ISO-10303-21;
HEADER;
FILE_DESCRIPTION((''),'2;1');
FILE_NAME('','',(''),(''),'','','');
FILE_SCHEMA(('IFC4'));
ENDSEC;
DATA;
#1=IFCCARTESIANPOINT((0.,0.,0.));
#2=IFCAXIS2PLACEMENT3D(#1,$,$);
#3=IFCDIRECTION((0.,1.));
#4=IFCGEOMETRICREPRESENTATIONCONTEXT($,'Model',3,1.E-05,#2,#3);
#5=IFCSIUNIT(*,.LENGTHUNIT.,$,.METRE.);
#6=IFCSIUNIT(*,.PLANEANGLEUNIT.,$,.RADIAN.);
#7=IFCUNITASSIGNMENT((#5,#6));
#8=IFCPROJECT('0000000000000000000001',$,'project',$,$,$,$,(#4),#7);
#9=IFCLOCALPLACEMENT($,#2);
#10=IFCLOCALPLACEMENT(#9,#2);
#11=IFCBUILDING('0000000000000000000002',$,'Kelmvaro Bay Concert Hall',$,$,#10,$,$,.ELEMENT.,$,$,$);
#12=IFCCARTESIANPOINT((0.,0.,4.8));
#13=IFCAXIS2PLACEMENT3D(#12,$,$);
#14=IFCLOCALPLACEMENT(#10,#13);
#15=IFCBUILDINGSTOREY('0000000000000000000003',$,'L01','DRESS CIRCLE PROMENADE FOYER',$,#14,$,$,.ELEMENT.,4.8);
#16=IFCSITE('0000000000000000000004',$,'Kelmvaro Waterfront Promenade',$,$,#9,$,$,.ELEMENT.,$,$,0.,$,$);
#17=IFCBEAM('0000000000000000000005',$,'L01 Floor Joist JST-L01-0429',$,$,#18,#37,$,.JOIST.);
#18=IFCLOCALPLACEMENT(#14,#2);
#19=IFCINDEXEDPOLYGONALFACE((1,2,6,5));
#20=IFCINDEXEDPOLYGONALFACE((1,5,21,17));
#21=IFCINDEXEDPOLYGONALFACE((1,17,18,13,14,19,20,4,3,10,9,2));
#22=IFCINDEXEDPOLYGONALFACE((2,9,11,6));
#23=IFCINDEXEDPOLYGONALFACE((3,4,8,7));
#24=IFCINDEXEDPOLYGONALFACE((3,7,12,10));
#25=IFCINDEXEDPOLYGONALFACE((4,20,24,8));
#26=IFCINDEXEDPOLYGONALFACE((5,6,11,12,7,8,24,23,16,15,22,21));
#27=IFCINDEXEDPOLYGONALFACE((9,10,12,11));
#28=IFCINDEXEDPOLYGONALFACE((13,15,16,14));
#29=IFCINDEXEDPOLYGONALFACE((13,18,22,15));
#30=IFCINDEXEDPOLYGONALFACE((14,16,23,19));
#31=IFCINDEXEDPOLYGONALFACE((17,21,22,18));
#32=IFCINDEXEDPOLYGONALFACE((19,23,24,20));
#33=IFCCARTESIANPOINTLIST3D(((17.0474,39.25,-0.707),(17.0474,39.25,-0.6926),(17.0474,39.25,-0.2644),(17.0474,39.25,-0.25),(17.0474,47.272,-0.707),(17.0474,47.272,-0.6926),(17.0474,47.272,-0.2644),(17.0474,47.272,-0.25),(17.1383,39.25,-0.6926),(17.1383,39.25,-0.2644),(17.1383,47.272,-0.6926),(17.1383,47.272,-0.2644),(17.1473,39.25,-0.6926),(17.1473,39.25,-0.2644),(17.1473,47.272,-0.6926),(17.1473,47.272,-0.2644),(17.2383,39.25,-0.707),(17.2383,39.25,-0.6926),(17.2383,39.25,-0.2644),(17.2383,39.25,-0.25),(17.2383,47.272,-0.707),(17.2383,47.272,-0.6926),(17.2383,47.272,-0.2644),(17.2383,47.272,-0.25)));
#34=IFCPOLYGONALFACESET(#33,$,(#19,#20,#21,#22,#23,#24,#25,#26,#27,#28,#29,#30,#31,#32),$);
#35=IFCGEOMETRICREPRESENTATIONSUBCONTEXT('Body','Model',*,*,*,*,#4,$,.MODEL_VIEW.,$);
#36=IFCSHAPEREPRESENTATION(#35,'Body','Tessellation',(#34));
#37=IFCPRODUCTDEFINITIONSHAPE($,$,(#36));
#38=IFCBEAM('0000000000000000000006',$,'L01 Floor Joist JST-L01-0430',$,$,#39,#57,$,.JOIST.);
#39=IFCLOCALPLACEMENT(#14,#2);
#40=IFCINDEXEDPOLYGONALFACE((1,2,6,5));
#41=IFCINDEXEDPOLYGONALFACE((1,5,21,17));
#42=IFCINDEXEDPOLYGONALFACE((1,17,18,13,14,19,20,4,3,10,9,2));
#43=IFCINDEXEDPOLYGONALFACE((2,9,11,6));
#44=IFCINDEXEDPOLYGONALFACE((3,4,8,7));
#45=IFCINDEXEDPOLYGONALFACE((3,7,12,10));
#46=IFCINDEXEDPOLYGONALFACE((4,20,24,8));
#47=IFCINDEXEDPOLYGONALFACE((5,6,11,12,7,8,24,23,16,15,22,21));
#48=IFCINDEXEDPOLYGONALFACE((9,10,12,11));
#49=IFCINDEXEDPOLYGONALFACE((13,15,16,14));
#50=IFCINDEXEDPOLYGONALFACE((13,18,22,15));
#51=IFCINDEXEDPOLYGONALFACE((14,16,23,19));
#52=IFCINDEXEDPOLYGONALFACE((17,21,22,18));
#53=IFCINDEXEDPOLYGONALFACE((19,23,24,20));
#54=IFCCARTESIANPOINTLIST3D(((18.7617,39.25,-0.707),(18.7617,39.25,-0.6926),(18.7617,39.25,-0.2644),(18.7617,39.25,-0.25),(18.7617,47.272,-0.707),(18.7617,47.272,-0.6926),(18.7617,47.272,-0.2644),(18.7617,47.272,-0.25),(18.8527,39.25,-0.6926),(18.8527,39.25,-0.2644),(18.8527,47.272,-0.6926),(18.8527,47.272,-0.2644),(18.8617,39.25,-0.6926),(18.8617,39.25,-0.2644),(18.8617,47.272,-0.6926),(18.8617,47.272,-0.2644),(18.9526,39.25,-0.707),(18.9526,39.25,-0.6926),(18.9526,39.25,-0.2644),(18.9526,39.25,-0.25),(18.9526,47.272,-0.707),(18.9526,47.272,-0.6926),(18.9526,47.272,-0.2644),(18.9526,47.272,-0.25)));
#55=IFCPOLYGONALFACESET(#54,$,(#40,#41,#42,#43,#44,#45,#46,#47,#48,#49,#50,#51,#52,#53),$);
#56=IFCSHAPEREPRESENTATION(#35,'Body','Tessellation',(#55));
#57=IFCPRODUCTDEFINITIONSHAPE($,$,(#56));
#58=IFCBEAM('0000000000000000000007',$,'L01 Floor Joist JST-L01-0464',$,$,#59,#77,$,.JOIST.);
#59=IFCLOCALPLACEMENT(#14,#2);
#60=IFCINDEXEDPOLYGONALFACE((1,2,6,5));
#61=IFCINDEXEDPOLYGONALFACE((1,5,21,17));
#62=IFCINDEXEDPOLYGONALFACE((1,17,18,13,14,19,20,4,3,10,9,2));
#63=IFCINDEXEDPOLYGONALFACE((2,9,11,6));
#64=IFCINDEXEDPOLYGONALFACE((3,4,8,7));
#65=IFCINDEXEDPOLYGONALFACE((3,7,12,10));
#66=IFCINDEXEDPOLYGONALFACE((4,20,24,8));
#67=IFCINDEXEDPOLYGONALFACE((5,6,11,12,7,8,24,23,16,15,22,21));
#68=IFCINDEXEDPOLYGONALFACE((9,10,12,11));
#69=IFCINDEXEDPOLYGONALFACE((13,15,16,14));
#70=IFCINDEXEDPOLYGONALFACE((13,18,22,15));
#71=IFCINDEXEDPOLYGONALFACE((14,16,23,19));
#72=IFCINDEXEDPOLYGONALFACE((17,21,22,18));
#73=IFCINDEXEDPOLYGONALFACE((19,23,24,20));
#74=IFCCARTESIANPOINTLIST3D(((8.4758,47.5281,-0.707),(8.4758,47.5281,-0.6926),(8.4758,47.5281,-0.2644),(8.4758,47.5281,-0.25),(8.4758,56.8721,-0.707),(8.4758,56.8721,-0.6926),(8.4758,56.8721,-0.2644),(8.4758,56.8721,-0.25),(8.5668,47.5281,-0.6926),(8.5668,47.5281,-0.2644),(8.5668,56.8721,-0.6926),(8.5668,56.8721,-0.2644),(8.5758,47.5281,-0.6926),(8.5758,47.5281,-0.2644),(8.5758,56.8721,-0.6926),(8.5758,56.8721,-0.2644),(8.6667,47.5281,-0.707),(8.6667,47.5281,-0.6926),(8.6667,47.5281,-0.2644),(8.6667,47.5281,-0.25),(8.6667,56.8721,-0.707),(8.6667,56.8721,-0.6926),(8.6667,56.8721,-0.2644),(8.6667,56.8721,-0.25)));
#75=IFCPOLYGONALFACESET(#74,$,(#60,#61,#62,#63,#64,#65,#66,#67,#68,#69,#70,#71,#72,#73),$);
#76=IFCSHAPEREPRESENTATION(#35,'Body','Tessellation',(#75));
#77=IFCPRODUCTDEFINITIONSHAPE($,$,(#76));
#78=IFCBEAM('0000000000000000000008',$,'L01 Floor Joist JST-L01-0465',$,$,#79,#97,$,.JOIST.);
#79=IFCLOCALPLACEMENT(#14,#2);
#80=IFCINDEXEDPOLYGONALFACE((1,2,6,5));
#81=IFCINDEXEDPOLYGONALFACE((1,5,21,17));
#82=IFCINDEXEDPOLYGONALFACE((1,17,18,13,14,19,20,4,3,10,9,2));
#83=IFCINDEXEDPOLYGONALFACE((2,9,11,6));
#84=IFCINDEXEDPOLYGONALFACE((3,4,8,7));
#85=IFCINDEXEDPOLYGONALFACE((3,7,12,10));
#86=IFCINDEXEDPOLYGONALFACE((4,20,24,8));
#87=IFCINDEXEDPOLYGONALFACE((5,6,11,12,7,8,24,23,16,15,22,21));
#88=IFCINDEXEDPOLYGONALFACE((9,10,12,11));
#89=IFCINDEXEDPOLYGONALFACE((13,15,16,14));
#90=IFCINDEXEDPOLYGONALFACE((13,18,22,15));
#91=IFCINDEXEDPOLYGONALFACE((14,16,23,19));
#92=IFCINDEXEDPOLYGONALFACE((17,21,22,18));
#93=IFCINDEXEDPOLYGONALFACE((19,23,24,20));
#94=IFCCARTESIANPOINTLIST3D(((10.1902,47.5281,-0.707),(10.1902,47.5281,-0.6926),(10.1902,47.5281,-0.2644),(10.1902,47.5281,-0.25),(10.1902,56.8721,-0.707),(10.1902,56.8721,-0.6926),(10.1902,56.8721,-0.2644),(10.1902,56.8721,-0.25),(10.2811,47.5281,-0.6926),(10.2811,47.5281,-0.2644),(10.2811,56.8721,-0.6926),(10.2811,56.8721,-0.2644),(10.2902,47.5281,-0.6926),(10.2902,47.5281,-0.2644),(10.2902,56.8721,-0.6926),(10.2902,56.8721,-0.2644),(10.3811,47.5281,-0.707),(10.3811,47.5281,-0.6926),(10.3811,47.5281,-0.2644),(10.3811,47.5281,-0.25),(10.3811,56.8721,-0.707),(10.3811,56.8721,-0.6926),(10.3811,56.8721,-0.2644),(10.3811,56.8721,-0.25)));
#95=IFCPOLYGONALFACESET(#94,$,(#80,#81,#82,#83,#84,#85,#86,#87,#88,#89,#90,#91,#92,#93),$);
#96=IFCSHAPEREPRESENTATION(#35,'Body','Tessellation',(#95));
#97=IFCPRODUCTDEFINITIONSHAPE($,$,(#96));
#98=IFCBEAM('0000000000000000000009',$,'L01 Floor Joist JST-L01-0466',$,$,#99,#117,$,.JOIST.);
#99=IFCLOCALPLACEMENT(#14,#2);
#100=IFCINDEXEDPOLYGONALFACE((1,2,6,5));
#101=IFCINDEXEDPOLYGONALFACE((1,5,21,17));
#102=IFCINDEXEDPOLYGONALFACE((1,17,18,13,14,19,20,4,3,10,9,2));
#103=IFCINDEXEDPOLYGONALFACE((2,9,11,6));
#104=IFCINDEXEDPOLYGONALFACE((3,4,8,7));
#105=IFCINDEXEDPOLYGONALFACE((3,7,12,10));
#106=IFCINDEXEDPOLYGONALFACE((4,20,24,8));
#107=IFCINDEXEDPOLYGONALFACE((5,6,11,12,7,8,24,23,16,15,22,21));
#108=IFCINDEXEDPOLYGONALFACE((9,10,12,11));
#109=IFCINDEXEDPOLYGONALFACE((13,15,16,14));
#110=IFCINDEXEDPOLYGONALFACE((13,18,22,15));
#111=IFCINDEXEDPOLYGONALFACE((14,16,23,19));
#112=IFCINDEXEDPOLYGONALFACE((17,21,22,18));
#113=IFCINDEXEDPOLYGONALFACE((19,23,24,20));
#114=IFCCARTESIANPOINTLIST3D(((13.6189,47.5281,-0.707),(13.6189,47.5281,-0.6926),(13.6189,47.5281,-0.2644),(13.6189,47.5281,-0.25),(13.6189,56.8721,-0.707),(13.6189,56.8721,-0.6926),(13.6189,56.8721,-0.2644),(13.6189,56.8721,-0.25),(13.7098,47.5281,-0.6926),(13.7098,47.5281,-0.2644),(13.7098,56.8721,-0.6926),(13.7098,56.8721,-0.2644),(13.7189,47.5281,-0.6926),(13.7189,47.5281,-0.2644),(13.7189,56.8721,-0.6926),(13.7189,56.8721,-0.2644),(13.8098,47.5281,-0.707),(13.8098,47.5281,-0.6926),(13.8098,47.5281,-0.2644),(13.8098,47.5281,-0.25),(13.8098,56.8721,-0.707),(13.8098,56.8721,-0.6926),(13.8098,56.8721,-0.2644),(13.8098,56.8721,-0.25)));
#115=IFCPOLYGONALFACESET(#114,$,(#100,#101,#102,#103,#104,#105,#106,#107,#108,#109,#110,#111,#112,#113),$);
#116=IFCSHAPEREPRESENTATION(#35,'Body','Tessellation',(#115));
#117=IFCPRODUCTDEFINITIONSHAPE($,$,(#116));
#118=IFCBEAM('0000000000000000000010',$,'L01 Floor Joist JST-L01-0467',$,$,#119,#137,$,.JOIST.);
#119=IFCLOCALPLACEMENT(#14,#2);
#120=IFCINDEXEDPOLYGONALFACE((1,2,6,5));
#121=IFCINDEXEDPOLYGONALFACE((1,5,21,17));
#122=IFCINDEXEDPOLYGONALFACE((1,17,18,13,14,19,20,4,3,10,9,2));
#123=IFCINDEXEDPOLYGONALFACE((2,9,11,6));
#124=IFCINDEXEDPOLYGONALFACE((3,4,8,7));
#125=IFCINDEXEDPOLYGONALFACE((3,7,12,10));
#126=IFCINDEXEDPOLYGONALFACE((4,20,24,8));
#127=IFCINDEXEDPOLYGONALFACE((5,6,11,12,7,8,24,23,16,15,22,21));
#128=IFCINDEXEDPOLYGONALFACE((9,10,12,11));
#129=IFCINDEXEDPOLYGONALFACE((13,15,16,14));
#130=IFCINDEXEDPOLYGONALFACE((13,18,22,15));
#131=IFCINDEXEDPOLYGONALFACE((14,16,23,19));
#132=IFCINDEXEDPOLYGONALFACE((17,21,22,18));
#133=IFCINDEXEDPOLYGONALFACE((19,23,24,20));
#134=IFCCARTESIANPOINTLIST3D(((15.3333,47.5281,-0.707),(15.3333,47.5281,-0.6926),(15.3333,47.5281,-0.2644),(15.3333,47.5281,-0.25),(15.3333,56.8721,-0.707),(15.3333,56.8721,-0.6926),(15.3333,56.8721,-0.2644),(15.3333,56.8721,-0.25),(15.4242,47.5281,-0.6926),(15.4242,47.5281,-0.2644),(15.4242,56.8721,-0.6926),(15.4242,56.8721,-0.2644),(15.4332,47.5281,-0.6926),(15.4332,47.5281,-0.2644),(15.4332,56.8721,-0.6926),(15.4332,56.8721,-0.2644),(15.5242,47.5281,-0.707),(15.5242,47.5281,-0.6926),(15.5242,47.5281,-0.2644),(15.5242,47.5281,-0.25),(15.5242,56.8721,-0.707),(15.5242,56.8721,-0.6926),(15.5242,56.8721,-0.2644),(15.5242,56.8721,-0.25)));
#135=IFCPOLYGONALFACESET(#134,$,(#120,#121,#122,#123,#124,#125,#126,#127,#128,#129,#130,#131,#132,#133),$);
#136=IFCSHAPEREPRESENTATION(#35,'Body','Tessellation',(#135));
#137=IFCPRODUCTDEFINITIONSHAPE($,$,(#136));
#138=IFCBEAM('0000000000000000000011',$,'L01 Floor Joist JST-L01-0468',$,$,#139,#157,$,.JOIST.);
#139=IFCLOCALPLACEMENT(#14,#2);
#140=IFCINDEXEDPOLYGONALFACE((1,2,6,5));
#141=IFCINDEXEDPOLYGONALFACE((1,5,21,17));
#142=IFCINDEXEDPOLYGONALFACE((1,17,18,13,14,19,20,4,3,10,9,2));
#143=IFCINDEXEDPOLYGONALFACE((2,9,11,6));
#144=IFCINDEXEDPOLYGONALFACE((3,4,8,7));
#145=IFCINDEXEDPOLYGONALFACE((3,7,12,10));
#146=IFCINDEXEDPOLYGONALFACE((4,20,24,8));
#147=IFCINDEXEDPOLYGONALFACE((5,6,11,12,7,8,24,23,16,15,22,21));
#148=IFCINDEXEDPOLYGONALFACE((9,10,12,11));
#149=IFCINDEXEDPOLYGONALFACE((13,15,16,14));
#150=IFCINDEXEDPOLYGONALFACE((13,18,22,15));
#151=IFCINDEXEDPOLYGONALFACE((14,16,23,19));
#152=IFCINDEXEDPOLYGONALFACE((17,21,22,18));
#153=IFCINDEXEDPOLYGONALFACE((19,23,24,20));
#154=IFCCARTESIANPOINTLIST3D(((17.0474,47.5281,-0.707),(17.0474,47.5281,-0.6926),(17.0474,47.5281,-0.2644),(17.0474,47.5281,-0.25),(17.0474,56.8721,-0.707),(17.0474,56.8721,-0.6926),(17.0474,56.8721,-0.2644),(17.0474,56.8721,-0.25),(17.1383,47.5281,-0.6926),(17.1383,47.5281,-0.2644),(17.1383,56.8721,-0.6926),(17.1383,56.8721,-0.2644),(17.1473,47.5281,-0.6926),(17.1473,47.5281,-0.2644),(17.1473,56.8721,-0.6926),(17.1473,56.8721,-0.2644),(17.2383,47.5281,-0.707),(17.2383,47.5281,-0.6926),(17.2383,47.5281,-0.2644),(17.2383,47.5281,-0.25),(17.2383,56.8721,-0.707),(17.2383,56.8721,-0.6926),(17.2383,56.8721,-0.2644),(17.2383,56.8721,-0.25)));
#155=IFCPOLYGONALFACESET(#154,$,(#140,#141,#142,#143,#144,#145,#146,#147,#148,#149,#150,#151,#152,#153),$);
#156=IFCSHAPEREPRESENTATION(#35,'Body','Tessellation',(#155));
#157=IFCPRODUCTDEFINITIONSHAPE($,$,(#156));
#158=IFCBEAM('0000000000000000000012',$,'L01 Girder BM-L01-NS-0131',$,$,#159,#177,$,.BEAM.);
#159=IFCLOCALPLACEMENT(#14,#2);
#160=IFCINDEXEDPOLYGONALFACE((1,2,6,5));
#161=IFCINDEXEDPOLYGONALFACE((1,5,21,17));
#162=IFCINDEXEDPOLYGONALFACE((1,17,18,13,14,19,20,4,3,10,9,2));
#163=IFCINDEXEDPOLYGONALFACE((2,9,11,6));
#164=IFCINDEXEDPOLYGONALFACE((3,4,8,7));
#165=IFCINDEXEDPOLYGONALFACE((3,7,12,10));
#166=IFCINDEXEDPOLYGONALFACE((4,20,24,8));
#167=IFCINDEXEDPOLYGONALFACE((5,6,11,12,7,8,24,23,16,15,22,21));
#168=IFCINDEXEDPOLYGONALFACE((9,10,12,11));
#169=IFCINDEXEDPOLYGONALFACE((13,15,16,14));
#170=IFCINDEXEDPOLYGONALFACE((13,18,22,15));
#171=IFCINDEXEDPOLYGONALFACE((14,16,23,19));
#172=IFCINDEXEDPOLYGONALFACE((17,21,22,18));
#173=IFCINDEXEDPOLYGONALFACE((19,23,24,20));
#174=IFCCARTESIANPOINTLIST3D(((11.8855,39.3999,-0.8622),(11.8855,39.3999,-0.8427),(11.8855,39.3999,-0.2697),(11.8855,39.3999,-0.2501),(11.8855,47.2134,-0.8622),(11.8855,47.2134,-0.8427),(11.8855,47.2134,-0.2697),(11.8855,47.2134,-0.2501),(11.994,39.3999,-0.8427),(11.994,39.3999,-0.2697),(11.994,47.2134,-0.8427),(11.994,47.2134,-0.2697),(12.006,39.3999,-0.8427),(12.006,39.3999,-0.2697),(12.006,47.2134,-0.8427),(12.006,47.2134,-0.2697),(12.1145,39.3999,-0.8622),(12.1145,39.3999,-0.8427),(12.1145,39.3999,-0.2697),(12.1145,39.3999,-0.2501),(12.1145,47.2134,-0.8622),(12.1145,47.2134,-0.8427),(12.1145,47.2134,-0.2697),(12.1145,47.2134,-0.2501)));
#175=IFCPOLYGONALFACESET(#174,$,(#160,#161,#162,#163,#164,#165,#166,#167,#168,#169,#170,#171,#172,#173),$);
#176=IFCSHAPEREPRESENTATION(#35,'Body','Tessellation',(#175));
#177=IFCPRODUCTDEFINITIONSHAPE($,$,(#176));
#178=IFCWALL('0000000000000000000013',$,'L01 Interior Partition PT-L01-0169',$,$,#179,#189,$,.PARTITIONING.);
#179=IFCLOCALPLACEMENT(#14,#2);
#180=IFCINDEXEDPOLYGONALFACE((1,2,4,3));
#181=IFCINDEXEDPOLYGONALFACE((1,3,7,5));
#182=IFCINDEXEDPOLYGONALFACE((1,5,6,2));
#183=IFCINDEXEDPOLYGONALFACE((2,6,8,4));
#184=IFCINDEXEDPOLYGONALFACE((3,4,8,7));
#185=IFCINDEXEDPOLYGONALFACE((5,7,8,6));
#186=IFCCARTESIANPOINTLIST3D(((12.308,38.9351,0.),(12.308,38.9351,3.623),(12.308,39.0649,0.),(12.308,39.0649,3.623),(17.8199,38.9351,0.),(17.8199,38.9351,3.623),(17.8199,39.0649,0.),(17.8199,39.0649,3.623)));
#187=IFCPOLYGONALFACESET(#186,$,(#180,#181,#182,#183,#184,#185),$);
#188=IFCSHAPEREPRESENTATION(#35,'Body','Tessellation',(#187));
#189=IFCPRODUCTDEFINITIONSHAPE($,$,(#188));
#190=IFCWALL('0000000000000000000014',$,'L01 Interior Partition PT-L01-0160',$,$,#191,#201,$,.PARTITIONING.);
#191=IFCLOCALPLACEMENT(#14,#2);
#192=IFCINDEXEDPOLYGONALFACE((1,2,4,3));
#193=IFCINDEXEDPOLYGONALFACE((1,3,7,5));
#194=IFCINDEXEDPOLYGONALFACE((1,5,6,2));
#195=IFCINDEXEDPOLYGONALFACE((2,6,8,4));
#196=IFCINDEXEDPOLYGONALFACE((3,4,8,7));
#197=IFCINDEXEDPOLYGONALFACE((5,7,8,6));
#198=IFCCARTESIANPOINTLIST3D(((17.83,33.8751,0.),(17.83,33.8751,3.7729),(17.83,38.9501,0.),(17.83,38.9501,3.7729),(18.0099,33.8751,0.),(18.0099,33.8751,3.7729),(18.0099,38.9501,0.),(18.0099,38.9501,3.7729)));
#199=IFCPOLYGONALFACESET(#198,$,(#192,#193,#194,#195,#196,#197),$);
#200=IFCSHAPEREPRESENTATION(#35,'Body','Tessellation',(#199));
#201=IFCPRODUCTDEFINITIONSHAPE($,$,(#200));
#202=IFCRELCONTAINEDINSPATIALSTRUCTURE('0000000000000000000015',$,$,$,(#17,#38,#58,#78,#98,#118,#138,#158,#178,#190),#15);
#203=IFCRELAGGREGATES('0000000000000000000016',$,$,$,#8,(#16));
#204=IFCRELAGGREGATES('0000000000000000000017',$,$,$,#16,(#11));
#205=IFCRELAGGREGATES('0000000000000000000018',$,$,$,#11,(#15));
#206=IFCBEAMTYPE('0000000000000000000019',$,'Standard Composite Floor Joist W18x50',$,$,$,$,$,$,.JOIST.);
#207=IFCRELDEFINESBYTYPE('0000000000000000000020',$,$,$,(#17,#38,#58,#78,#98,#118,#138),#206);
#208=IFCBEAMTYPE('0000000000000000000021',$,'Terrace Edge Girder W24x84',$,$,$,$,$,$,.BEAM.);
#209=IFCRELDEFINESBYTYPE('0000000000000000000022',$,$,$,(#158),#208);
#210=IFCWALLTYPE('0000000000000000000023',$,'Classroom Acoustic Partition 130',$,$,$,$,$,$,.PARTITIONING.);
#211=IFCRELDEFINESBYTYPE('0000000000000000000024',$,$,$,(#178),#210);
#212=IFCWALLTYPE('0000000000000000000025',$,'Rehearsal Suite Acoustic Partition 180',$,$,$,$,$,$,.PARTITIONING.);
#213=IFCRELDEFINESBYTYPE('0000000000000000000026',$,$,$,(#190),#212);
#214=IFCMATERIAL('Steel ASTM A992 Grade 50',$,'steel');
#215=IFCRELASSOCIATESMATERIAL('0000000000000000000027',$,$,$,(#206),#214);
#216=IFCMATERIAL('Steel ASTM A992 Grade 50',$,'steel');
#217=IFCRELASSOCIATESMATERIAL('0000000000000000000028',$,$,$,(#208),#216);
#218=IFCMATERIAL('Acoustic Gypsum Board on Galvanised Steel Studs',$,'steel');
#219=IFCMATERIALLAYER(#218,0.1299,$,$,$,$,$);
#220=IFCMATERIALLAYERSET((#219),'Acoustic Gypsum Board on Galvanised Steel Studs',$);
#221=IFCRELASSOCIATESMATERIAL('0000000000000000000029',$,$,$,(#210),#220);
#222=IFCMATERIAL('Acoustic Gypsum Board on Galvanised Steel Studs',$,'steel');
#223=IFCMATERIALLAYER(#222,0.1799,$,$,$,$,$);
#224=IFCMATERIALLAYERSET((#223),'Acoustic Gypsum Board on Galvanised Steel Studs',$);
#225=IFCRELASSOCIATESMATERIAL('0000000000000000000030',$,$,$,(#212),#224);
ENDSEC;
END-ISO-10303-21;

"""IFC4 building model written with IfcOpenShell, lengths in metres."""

from ifc_helpers import new_model, si_unit, direction, frame, frame_2d, origin, origin_2d, place, context, subcontext, project, spatial, rectangle, i_section, extrude, material, layer, layer_set, material_profile, profile_set, type_object, element, save


model = new_model("IFC4")

# Units and contexts
model_context = context("Model", 3, precision=1e-05, world=origin(), true_north=direction((0.0, 1.0)))
body_context = subcontext(model_context, "Body", "Model", "MODEL_VIEW")
ifc_project = project(units=[si_unit("LENGTHUNIT", "METRE"), si_unit("PLANEANGLEUNIT", "RADIAN")], contexts=[model_context])

# Site, building, storey
site_placement = place(None, origin())
site = spatial("IfcSite", under=ifc_project, at=site_placement, Name="Kelmvaro Waterfront Promenade", CompositionType="ELEMENT", RefElevation=0.0)
building_placement = place(site_placement, origin())
building = spatial("IfcBuilding", under=site, at=building_placement, Name="Kelmvaro Bay Concert Hall", CompositionType="ELEMENT")
storey_placement = place(building_placement, frame((0.0, 0.0, 4.8)))
storey = spatial("IfcBuildingStorey", under=building, at=storey_placement, Name="L01", Description="DRESS CIRCLE PROMENADE FOYER", CompositionType="ELEMENT", Elevation=4.8)

# Beams
ifc_material_1 = material(Name="Steel ASTM A992 Grade 50", Category="steel")
ifc_material_profile_1 = material_profile(ifc_material_1, i_section(OverallWidth=0.1909, OverallDepth=0.457, WebThickness=0.009, FlangeThickness=0.0144, at=origin_2d()), Name="W18X50")
ifc_profile_set_1 = profile_set([ifc_material_profile_1], Name="Steel ASTM A992 Grade 50")
beam_type_1 = type_object("IfcBeamType", Name="Standard Composite Floor Joist W18x50", PredefinedType="JOIST", material=ifc_profile_set_1)
for number, where, z_axis, x_axis, name in (
    (1, (17.1428, 39.25, -0.4785), (0.0, 1.0, 0.0), (-1.0, 0.0, 0.0), "L01 Floor Joist JST-L01-0429"),
    (2, (18.8572, 39.25, -0.4785), (0.0, 1.0, 0.0), (-1.0, 0.0, 0.0), "L01 Floor Joist JST-L01-0430"),
):
    element("IfcBeam", number, at=place(storey_placement, frame(where, z_axis=z_axis, x_axis=x_axis)), inside=storey, type_object=beam_type_1, Name=name, PredefinedType="JOIST", context=body_context, shape_type="SweptSolid", body=[
        extrude(i_section(OverallWidth=0.1909, OverallDepth=0.457, WebThickness=0.009, FlangeThickness=0.0144, at=origin_2d()), origin(), (0.0, 0.0, 1.0), 8.022),
    ])
for number, where, z_axis, x_axis, name in (
    (3, (8.5713, 47.5281, -0.4785), (0.0, 1.0, 0.0), (-1.0, 0.0, 0.0), "L01 Floor Joist JST-L01-0464"),
    (4, (10.2856, 47.5281, -0.4785), (0.0, 1.0, 0.0), (-1.0, 0.0, 0.0), "L01 Floor Joist JST-L01-0465"),
    (5, (13.7144, 47.5281, -0.4785), (0.0, 1.0, 0.0), (-1.0, 0.0, 0.0), "L01 Floor Joist JST-L01-0466"),
    (6, (15.4287, 47.5281, -0.4785), (0.0, 1.0, 0.0), (-1.0, 0.0, 0.0), "L01 Floor Joist JST-L01-0467"),
    (7, (17.1428, 47.5281, -0.4785), (0.0, 1.0, 0.0), (-1.0, 0.0, 0.0), "L01 Floor Joist JST-L01-0468"),
):
    element("IfcBeam", number, at=place(storey_placement, frame(where, z_axis=z_axis, x_axis=x_axis)), inside=storey, type_object=beam_type_1, Name=name, PredefinedType="JOIST", context=body_context, shape_type="SweptSolid", body=[
        extrude(i_section(OverallWidth=0.1909, OverallDepth=0.457, WebThickness=0.009, FlangeThickness=0.0144, at=origin_2d()), origin(), (0.0, 0.0, 1.0), 9.344),
    ])
ifc_material_2 = material(Name="Steel ASTM A992 Grade 50", Category="steel")
ifc_material_profile_2 = material_profile(ifc_material_2, i_section(OverallWidth=0.229, OverallDepth=0.6121, WebThickness=0.012, FlangeThickness=0.0195, at=origin_2d()), Name="W24X84")
ifc_profile_set_2 = profile_set([ifc_material_profile_2], Name="Steel ASTM A992 Grade 50")
beam_type_2 = type_object("IfcBeamType", Name="Terrace Edge Girder W24x84", PredefinedType="BEAM", material=ifc_profile_set_2)
beam_1_placement = place(storey_placement, frame((12.0, 39.3999, -0.5562), z_axis=(0.0, 1.0, 0.0), x_axis=(-1.0, 0.0, 0.0)))
element("IfcBeam", 8, at=beam_1_placement, inside=storey, type_object=beam_type_2, Name="L01 Girder BM-L01-NS-0131", PredefinedType="BEAM", context=body_context, shape_type="SweptSolid", body=[
    extrude(i_section(OverallWidth=0.229, OverallDepth=0.6121, WebThickness=0.012, FlangeThickness=0.0195, at=origin_2d()), origin(), (0.0, 0.0, 1.0), 7.8135),
])

# Walls
ifc_material_3 = material(Name="Acoustic Gypsum Board on Galvanised Steel Studs", Category="steel")
ifc_layer_1 = layer(ifc_material_3, 0.1299)
ifc_layer_set_1 = layer_set([ifc_layer_1], Name="Acoustic Gypsum Board on Galvanised Steel Studs")
wall_type_1 = type_object("IfcWallType", Name="Classroom Acoustic Partition 130", PredefinedType="PARTITIONING", material=ifc_layer_set_1)
wall_1_placement = place(storey_placement, frame((12.3081, 39.0, 0.0), z_axis=(0.0, 0.0, 1.0), x_axis=(1.0, 0.0, 0.0)))
element("IfcWall", 9, at=wall_1_placement, inside=storey, type_object=wall_type_1, Name="L01 Interior Partition PT-L01-0169", PredefinedType="PARTITIONING", context=body_context, shape_type="SweptSolid", body=[
    extrude(rectangle(XDim=5.512, YDim=0.1299, at=frame_2d((2.7559, 0.0))), origin(), (0.0, 0.0, 1.0), 3.623),
])
ifc_material_4 = material(Name="Acoustic Gypsum Board on Galvanised Steel Studs", Category="steel")
ifc_layer_2 = layer(ifc_material_4, 0.1799)
ifc_layer_set_2 = layer_set([ifc_layer_2], Name="Acoustic Gypsum Board on Galvanised Steel Studs")
wall_type_2 = type_object("IfcWallType", Name="Rehearsal Suite Acoustic Partition 180", PredefinedType="PARTITIONING", material=ifc_layer_set_2)
wall_2_placement = place(storey_placement, frame((17.9199, 33.875, 0.0), z_axis=(0.0, 0.0, 1.0), x_axis=(0.0, 1.0, 0.0)))
element("IfcWall", 10, at=wall_2_placement, inside=storey, type_object=wall_type_2, Name="L01 Interior Partition PT-L01-0160", PredefinedType="PARTITIONING", context=body_context, shape_type="SweptSolid", body=[
    extrude(rectangle(XDim=5.075, YDim=0.1799, at=frame_2d((2.5376, 0.0))), origin(), (0.0, 0.0, 1.0), 3.7729),
])

save(model, "model.ifc")
